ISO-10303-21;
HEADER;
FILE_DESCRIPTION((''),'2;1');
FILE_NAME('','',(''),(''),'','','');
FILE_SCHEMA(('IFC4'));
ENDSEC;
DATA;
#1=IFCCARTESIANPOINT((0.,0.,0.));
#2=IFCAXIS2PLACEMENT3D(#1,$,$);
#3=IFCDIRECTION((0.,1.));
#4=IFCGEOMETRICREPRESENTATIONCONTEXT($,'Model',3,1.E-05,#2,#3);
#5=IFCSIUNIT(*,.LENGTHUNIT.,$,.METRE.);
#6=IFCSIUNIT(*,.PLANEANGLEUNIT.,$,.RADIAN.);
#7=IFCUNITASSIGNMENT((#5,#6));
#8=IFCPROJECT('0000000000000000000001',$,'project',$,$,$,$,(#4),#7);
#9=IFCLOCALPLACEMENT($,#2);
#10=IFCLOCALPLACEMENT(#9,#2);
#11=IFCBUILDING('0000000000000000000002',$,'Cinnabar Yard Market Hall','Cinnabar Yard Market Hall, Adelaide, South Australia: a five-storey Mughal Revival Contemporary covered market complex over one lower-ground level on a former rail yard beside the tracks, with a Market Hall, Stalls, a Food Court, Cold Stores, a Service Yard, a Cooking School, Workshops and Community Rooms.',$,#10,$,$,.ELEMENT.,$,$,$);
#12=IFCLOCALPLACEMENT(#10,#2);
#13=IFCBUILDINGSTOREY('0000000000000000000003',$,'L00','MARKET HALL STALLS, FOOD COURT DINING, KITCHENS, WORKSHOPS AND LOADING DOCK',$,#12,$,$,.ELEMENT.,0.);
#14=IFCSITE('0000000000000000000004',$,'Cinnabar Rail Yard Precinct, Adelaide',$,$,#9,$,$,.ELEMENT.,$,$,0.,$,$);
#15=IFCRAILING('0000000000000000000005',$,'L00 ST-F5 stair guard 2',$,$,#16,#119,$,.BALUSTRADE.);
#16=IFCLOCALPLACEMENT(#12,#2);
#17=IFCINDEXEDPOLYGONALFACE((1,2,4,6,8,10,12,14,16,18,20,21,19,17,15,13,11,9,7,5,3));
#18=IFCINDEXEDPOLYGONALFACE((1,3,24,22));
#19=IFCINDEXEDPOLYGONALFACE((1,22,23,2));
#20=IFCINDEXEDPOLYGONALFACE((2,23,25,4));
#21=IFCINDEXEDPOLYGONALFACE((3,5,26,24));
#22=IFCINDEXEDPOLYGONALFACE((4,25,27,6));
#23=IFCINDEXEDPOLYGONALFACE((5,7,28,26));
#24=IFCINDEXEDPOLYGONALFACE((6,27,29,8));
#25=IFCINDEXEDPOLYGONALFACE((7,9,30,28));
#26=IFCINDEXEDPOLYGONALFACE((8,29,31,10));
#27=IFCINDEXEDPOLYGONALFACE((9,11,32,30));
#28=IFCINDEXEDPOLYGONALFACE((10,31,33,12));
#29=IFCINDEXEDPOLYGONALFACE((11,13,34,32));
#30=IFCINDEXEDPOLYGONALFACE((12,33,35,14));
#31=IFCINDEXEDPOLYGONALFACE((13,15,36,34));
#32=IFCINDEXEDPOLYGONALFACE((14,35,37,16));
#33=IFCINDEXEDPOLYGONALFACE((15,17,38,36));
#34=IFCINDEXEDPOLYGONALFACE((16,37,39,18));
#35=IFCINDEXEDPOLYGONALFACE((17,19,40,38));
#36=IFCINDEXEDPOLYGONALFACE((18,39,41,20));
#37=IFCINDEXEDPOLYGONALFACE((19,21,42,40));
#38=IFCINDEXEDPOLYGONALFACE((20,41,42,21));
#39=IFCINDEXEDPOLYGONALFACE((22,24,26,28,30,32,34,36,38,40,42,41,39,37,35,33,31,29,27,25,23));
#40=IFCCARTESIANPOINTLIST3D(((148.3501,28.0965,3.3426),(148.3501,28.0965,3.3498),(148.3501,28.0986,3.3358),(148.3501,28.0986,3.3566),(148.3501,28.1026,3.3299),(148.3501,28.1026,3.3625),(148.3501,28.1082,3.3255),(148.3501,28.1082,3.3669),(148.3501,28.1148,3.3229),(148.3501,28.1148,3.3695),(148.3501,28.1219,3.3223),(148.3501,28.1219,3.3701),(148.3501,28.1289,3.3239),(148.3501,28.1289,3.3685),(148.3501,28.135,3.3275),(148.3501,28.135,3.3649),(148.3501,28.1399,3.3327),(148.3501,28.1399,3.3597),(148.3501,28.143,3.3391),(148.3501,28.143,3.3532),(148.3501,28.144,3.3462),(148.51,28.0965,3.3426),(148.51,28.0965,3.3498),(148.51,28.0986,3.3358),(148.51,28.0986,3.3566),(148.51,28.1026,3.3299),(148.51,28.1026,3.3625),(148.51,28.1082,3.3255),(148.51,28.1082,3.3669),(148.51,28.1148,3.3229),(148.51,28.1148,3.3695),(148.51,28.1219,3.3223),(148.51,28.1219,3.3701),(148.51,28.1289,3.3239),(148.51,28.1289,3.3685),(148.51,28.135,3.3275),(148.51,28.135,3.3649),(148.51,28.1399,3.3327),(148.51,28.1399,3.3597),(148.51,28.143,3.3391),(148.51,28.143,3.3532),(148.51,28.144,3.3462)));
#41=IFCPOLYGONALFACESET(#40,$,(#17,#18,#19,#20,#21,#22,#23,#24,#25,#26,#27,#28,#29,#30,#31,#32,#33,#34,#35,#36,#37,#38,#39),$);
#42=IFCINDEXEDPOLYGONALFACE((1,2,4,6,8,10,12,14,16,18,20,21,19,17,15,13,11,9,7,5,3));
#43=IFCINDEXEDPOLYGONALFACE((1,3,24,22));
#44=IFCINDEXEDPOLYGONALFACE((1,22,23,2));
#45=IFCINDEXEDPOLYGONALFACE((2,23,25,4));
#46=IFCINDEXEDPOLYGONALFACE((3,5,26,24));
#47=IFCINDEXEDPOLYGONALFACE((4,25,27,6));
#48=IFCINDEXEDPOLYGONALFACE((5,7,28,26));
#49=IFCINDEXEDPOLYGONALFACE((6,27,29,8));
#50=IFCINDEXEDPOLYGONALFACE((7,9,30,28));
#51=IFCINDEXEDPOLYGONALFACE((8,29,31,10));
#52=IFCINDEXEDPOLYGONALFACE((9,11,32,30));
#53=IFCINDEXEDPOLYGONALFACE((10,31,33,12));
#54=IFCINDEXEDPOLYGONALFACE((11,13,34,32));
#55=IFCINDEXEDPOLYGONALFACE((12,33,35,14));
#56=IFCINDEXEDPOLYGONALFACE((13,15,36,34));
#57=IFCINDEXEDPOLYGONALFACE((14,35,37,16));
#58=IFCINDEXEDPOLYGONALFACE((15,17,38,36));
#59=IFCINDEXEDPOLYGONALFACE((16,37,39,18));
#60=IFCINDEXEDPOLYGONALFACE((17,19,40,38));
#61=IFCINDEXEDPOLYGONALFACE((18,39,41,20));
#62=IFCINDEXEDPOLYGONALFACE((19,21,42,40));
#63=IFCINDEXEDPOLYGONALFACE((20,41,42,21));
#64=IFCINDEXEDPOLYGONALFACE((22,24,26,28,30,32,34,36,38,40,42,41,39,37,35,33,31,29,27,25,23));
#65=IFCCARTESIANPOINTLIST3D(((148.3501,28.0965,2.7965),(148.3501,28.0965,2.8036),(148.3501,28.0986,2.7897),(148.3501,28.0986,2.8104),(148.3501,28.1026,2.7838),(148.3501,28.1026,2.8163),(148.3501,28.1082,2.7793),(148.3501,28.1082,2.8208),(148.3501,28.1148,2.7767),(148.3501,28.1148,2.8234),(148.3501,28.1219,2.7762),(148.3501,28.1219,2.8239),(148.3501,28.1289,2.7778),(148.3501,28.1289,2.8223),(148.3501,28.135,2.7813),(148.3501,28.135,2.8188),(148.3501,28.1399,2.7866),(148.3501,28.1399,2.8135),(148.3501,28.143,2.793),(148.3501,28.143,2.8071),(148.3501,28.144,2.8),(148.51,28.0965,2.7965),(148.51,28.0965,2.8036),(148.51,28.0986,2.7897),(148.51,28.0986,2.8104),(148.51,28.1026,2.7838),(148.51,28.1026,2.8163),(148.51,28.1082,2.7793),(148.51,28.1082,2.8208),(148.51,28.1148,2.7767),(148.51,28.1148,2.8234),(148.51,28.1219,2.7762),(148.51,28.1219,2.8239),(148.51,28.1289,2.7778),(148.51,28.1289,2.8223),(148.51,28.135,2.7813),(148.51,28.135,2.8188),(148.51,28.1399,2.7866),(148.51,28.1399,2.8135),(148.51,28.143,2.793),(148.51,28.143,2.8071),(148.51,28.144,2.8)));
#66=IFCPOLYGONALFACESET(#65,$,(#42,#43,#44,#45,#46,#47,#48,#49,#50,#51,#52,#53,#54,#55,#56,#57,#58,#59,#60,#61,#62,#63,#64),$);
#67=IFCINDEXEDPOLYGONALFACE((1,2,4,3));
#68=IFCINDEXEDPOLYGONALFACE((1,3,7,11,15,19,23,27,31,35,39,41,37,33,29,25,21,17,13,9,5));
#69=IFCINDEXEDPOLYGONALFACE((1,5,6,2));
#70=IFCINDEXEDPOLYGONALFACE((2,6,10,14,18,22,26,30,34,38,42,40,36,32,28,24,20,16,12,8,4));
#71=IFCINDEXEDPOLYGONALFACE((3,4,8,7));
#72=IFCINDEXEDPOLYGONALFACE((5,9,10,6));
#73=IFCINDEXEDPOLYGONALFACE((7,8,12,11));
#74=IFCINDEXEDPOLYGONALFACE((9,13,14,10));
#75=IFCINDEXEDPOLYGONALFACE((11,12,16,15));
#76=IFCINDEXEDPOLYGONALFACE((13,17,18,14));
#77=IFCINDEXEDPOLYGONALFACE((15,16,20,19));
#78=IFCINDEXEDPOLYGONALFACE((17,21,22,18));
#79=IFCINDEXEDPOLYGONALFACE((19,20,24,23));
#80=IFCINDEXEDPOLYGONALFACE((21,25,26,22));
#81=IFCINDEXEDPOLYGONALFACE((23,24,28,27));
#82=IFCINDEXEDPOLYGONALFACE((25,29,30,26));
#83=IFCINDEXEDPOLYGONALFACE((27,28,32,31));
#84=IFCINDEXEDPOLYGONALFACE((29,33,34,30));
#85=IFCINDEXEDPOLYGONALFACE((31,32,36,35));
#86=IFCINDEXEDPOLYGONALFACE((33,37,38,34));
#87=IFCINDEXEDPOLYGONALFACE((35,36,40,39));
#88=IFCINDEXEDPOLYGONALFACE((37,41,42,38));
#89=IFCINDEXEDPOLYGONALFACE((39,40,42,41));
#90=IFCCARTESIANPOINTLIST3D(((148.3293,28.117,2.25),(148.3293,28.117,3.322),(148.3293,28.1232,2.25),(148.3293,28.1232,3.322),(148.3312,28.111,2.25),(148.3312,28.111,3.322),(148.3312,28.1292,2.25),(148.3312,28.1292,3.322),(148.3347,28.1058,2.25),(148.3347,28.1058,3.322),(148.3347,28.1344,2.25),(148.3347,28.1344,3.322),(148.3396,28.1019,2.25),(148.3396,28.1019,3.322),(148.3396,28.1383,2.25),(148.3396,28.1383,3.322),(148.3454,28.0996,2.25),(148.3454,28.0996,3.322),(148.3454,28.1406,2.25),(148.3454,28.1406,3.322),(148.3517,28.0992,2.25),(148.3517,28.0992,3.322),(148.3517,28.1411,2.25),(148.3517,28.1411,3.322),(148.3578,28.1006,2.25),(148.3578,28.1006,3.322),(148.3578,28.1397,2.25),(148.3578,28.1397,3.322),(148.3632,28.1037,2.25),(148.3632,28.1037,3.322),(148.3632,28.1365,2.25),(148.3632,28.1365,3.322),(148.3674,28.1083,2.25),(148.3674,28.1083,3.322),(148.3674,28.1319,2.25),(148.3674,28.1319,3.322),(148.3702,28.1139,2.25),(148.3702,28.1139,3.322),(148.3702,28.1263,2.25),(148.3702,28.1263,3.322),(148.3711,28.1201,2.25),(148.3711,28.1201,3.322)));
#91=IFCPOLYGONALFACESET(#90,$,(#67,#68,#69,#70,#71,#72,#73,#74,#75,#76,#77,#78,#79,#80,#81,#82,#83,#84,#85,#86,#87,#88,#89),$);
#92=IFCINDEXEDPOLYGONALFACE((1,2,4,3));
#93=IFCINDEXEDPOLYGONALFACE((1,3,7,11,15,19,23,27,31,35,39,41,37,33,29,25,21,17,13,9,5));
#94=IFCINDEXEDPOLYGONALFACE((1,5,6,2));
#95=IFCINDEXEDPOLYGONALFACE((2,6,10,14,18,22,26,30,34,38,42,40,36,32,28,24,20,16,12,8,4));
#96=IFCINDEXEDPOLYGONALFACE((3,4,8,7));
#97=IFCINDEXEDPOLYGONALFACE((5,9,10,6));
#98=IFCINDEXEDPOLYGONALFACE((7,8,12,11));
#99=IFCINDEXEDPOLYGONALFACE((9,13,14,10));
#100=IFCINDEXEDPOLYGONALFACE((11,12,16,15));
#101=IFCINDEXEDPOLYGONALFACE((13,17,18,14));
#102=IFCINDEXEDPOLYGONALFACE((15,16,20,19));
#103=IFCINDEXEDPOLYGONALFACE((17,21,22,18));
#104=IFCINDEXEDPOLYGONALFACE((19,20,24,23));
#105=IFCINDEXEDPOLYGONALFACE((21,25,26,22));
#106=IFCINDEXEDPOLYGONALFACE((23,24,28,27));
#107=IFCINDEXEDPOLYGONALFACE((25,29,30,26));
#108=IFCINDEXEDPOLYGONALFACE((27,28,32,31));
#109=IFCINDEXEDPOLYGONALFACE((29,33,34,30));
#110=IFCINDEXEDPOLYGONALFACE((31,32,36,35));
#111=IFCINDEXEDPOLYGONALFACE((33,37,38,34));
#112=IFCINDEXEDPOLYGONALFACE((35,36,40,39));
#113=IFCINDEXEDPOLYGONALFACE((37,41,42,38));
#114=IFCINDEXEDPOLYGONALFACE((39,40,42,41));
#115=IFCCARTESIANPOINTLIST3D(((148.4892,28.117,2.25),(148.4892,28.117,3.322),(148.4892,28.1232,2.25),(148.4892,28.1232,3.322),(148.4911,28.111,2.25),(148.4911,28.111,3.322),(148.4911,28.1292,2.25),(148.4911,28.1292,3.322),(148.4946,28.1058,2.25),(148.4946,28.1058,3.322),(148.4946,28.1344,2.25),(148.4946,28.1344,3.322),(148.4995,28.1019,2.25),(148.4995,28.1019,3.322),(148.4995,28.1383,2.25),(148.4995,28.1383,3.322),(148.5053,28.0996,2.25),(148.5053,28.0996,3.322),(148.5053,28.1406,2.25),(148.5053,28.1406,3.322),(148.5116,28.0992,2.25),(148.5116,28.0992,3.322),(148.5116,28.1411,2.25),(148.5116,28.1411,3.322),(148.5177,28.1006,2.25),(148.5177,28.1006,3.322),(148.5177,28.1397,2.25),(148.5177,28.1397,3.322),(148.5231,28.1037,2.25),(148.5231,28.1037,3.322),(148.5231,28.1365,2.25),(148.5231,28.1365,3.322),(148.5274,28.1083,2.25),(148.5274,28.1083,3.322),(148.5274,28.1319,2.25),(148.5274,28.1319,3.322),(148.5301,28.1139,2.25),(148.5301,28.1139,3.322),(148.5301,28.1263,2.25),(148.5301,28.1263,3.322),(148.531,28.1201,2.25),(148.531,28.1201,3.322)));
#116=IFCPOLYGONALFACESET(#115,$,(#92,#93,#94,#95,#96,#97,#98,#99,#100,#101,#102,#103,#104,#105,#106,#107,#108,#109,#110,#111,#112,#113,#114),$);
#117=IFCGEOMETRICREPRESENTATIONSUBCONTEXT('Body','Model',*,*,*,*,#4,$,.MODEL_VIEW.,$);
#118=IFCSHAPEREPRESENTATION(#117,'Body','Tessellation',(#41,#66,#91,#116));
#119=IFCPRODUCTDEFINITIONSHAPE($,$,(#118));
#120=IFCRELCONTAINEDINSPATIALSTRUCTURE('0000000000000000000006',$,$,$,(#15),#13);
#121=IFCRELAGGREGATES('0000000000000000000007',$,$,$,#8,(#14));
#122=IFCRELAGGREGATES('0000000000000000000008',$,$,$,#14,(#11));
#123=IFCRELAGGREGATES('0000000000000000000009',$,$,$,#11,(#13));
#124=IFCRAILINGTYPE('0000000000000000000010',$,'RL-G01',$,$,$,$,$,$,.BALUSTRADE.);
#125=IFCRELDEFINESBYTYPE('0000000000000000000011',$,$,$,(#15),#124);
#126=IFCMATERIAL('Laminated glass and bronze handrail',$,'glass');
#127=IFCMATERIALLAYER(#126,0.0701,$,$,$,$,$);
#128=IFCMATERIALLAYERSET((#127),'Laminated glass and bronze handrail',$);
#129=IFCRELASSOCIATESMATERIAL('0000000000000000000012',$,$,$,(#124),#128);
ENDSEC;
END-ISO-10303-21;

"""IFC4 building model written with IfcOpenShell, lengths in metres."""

from ifc_helpers import new_model, si_unit, direction, frame, origin, origin_2d_with_axis, place, context, subcontext, project, spatial, circle, extrude, material, layer, layer_set, type_object, element, save


model = new_model("IFC4")

# Units and contexts
model_context = context("Model", 3, precision=1e-05, world=origin(), true_north=direction((0.0, 1.0)))
body_context = subcontext(model_context, "Body", "Model", "MODEL_VIEW")
ifc_project = project(units=[si_unit("LENGTHUNIT", "METRE"), si_unit("PLANEANGLEUNIT", "RADIAN")], contexts=[model_context])

# Site, building, storey
site_placement = place(None, origin())
site = spatial("IfcSite", under=ifc_project, at=site_placement, Name="Cinnabar Rail Yard Precinct, Adelaide", CompositionType="ELEMENT", RefElevation=0.0)
building_placement = place(site_placement, origin())
building = spatial("IfcBuilding", under=site, at=building_placement, Name="Cinnabar Yard Market Hall", Description="Cinnabar Yard Market Hall, Adelaide, South Australia: a five-storey Mughal Revival Contemporary covered market complex over one lower-ground level on a former rail yard beside the tracks, with a Market Hall, Stalls, a Food Court, Cold Stores, a Service Yard, a Cooking School, Workshops and Community Rooms.", CompositionType="ELEMENT")
storey_placement = place(building_placement, origin())
storey = spatial("IfcBuildingStorey", under=building, at=storey_placement, Name="L00", Description="MARKET HALL STALLS, FOOD COURT DINING, KITCHENS, WORKSHOPS AND LOADING DOCK", CompositionType="ELEMENT", Elevation=0.0)

# Railing
ifc_material_1 = material(Name="Laminated glass and bronze handrail", Category="glass")
ifc_layer_1 = layer(ifc_material_1, 0.0701)
ifc_layer_set_1 = layer_set([ifc_layer_1], Name="Laminated glass and bronze handrail")
railing_type_1 = type_object("IfcRailingType", Name="RL-G01", PredefinedType="BALUSTRADE", material=ifc_layer_set_1)
railing_1_placement = place(storey_placement, frame((148.3501, 28.1201, 2.25)))
element("IfcRailing", 1, at=railing_1_placement, inside=storey, type_object=railing_type_1, Name="L00 ST-F5 stair guard 2", PredefinedType="BALUSTRADE", context=body_context, shape_type="SweptSolid", body=[
    extrude(circle(Radius=0.0239, at=origin_2d_with_axis()), frame((0.0, 0.0, 1.0962), z_axis=(1.0, 0.0, 0.0), x_axis=(0.0, 1.0, 0.0)), (0.0, 0.0, 1.0), 0.1599),
    extrude(circle(Radius=0.0239, at=origin_2d_with_axis()), frame((0.0, 0.0, 0.55), z_axis=(1.0, 0.0, 0.0), x_axis=(0.0, 1.0, 0.0)), (0.0, 0.0, 1.0), 0.1599),
    extrude(circle(Radius=0.021, at=origin_2d_with_axis()), origin(), (0.0, 0.0, 1.0), 1.072),
    extrude(circle(Radius=0.021, at=origin_2d_with_axis()), frame((0.1599, 0.0, 0.0)), (0.0, 0.0, 1.0), 1.072),
])

save(model, "model.ifc")
